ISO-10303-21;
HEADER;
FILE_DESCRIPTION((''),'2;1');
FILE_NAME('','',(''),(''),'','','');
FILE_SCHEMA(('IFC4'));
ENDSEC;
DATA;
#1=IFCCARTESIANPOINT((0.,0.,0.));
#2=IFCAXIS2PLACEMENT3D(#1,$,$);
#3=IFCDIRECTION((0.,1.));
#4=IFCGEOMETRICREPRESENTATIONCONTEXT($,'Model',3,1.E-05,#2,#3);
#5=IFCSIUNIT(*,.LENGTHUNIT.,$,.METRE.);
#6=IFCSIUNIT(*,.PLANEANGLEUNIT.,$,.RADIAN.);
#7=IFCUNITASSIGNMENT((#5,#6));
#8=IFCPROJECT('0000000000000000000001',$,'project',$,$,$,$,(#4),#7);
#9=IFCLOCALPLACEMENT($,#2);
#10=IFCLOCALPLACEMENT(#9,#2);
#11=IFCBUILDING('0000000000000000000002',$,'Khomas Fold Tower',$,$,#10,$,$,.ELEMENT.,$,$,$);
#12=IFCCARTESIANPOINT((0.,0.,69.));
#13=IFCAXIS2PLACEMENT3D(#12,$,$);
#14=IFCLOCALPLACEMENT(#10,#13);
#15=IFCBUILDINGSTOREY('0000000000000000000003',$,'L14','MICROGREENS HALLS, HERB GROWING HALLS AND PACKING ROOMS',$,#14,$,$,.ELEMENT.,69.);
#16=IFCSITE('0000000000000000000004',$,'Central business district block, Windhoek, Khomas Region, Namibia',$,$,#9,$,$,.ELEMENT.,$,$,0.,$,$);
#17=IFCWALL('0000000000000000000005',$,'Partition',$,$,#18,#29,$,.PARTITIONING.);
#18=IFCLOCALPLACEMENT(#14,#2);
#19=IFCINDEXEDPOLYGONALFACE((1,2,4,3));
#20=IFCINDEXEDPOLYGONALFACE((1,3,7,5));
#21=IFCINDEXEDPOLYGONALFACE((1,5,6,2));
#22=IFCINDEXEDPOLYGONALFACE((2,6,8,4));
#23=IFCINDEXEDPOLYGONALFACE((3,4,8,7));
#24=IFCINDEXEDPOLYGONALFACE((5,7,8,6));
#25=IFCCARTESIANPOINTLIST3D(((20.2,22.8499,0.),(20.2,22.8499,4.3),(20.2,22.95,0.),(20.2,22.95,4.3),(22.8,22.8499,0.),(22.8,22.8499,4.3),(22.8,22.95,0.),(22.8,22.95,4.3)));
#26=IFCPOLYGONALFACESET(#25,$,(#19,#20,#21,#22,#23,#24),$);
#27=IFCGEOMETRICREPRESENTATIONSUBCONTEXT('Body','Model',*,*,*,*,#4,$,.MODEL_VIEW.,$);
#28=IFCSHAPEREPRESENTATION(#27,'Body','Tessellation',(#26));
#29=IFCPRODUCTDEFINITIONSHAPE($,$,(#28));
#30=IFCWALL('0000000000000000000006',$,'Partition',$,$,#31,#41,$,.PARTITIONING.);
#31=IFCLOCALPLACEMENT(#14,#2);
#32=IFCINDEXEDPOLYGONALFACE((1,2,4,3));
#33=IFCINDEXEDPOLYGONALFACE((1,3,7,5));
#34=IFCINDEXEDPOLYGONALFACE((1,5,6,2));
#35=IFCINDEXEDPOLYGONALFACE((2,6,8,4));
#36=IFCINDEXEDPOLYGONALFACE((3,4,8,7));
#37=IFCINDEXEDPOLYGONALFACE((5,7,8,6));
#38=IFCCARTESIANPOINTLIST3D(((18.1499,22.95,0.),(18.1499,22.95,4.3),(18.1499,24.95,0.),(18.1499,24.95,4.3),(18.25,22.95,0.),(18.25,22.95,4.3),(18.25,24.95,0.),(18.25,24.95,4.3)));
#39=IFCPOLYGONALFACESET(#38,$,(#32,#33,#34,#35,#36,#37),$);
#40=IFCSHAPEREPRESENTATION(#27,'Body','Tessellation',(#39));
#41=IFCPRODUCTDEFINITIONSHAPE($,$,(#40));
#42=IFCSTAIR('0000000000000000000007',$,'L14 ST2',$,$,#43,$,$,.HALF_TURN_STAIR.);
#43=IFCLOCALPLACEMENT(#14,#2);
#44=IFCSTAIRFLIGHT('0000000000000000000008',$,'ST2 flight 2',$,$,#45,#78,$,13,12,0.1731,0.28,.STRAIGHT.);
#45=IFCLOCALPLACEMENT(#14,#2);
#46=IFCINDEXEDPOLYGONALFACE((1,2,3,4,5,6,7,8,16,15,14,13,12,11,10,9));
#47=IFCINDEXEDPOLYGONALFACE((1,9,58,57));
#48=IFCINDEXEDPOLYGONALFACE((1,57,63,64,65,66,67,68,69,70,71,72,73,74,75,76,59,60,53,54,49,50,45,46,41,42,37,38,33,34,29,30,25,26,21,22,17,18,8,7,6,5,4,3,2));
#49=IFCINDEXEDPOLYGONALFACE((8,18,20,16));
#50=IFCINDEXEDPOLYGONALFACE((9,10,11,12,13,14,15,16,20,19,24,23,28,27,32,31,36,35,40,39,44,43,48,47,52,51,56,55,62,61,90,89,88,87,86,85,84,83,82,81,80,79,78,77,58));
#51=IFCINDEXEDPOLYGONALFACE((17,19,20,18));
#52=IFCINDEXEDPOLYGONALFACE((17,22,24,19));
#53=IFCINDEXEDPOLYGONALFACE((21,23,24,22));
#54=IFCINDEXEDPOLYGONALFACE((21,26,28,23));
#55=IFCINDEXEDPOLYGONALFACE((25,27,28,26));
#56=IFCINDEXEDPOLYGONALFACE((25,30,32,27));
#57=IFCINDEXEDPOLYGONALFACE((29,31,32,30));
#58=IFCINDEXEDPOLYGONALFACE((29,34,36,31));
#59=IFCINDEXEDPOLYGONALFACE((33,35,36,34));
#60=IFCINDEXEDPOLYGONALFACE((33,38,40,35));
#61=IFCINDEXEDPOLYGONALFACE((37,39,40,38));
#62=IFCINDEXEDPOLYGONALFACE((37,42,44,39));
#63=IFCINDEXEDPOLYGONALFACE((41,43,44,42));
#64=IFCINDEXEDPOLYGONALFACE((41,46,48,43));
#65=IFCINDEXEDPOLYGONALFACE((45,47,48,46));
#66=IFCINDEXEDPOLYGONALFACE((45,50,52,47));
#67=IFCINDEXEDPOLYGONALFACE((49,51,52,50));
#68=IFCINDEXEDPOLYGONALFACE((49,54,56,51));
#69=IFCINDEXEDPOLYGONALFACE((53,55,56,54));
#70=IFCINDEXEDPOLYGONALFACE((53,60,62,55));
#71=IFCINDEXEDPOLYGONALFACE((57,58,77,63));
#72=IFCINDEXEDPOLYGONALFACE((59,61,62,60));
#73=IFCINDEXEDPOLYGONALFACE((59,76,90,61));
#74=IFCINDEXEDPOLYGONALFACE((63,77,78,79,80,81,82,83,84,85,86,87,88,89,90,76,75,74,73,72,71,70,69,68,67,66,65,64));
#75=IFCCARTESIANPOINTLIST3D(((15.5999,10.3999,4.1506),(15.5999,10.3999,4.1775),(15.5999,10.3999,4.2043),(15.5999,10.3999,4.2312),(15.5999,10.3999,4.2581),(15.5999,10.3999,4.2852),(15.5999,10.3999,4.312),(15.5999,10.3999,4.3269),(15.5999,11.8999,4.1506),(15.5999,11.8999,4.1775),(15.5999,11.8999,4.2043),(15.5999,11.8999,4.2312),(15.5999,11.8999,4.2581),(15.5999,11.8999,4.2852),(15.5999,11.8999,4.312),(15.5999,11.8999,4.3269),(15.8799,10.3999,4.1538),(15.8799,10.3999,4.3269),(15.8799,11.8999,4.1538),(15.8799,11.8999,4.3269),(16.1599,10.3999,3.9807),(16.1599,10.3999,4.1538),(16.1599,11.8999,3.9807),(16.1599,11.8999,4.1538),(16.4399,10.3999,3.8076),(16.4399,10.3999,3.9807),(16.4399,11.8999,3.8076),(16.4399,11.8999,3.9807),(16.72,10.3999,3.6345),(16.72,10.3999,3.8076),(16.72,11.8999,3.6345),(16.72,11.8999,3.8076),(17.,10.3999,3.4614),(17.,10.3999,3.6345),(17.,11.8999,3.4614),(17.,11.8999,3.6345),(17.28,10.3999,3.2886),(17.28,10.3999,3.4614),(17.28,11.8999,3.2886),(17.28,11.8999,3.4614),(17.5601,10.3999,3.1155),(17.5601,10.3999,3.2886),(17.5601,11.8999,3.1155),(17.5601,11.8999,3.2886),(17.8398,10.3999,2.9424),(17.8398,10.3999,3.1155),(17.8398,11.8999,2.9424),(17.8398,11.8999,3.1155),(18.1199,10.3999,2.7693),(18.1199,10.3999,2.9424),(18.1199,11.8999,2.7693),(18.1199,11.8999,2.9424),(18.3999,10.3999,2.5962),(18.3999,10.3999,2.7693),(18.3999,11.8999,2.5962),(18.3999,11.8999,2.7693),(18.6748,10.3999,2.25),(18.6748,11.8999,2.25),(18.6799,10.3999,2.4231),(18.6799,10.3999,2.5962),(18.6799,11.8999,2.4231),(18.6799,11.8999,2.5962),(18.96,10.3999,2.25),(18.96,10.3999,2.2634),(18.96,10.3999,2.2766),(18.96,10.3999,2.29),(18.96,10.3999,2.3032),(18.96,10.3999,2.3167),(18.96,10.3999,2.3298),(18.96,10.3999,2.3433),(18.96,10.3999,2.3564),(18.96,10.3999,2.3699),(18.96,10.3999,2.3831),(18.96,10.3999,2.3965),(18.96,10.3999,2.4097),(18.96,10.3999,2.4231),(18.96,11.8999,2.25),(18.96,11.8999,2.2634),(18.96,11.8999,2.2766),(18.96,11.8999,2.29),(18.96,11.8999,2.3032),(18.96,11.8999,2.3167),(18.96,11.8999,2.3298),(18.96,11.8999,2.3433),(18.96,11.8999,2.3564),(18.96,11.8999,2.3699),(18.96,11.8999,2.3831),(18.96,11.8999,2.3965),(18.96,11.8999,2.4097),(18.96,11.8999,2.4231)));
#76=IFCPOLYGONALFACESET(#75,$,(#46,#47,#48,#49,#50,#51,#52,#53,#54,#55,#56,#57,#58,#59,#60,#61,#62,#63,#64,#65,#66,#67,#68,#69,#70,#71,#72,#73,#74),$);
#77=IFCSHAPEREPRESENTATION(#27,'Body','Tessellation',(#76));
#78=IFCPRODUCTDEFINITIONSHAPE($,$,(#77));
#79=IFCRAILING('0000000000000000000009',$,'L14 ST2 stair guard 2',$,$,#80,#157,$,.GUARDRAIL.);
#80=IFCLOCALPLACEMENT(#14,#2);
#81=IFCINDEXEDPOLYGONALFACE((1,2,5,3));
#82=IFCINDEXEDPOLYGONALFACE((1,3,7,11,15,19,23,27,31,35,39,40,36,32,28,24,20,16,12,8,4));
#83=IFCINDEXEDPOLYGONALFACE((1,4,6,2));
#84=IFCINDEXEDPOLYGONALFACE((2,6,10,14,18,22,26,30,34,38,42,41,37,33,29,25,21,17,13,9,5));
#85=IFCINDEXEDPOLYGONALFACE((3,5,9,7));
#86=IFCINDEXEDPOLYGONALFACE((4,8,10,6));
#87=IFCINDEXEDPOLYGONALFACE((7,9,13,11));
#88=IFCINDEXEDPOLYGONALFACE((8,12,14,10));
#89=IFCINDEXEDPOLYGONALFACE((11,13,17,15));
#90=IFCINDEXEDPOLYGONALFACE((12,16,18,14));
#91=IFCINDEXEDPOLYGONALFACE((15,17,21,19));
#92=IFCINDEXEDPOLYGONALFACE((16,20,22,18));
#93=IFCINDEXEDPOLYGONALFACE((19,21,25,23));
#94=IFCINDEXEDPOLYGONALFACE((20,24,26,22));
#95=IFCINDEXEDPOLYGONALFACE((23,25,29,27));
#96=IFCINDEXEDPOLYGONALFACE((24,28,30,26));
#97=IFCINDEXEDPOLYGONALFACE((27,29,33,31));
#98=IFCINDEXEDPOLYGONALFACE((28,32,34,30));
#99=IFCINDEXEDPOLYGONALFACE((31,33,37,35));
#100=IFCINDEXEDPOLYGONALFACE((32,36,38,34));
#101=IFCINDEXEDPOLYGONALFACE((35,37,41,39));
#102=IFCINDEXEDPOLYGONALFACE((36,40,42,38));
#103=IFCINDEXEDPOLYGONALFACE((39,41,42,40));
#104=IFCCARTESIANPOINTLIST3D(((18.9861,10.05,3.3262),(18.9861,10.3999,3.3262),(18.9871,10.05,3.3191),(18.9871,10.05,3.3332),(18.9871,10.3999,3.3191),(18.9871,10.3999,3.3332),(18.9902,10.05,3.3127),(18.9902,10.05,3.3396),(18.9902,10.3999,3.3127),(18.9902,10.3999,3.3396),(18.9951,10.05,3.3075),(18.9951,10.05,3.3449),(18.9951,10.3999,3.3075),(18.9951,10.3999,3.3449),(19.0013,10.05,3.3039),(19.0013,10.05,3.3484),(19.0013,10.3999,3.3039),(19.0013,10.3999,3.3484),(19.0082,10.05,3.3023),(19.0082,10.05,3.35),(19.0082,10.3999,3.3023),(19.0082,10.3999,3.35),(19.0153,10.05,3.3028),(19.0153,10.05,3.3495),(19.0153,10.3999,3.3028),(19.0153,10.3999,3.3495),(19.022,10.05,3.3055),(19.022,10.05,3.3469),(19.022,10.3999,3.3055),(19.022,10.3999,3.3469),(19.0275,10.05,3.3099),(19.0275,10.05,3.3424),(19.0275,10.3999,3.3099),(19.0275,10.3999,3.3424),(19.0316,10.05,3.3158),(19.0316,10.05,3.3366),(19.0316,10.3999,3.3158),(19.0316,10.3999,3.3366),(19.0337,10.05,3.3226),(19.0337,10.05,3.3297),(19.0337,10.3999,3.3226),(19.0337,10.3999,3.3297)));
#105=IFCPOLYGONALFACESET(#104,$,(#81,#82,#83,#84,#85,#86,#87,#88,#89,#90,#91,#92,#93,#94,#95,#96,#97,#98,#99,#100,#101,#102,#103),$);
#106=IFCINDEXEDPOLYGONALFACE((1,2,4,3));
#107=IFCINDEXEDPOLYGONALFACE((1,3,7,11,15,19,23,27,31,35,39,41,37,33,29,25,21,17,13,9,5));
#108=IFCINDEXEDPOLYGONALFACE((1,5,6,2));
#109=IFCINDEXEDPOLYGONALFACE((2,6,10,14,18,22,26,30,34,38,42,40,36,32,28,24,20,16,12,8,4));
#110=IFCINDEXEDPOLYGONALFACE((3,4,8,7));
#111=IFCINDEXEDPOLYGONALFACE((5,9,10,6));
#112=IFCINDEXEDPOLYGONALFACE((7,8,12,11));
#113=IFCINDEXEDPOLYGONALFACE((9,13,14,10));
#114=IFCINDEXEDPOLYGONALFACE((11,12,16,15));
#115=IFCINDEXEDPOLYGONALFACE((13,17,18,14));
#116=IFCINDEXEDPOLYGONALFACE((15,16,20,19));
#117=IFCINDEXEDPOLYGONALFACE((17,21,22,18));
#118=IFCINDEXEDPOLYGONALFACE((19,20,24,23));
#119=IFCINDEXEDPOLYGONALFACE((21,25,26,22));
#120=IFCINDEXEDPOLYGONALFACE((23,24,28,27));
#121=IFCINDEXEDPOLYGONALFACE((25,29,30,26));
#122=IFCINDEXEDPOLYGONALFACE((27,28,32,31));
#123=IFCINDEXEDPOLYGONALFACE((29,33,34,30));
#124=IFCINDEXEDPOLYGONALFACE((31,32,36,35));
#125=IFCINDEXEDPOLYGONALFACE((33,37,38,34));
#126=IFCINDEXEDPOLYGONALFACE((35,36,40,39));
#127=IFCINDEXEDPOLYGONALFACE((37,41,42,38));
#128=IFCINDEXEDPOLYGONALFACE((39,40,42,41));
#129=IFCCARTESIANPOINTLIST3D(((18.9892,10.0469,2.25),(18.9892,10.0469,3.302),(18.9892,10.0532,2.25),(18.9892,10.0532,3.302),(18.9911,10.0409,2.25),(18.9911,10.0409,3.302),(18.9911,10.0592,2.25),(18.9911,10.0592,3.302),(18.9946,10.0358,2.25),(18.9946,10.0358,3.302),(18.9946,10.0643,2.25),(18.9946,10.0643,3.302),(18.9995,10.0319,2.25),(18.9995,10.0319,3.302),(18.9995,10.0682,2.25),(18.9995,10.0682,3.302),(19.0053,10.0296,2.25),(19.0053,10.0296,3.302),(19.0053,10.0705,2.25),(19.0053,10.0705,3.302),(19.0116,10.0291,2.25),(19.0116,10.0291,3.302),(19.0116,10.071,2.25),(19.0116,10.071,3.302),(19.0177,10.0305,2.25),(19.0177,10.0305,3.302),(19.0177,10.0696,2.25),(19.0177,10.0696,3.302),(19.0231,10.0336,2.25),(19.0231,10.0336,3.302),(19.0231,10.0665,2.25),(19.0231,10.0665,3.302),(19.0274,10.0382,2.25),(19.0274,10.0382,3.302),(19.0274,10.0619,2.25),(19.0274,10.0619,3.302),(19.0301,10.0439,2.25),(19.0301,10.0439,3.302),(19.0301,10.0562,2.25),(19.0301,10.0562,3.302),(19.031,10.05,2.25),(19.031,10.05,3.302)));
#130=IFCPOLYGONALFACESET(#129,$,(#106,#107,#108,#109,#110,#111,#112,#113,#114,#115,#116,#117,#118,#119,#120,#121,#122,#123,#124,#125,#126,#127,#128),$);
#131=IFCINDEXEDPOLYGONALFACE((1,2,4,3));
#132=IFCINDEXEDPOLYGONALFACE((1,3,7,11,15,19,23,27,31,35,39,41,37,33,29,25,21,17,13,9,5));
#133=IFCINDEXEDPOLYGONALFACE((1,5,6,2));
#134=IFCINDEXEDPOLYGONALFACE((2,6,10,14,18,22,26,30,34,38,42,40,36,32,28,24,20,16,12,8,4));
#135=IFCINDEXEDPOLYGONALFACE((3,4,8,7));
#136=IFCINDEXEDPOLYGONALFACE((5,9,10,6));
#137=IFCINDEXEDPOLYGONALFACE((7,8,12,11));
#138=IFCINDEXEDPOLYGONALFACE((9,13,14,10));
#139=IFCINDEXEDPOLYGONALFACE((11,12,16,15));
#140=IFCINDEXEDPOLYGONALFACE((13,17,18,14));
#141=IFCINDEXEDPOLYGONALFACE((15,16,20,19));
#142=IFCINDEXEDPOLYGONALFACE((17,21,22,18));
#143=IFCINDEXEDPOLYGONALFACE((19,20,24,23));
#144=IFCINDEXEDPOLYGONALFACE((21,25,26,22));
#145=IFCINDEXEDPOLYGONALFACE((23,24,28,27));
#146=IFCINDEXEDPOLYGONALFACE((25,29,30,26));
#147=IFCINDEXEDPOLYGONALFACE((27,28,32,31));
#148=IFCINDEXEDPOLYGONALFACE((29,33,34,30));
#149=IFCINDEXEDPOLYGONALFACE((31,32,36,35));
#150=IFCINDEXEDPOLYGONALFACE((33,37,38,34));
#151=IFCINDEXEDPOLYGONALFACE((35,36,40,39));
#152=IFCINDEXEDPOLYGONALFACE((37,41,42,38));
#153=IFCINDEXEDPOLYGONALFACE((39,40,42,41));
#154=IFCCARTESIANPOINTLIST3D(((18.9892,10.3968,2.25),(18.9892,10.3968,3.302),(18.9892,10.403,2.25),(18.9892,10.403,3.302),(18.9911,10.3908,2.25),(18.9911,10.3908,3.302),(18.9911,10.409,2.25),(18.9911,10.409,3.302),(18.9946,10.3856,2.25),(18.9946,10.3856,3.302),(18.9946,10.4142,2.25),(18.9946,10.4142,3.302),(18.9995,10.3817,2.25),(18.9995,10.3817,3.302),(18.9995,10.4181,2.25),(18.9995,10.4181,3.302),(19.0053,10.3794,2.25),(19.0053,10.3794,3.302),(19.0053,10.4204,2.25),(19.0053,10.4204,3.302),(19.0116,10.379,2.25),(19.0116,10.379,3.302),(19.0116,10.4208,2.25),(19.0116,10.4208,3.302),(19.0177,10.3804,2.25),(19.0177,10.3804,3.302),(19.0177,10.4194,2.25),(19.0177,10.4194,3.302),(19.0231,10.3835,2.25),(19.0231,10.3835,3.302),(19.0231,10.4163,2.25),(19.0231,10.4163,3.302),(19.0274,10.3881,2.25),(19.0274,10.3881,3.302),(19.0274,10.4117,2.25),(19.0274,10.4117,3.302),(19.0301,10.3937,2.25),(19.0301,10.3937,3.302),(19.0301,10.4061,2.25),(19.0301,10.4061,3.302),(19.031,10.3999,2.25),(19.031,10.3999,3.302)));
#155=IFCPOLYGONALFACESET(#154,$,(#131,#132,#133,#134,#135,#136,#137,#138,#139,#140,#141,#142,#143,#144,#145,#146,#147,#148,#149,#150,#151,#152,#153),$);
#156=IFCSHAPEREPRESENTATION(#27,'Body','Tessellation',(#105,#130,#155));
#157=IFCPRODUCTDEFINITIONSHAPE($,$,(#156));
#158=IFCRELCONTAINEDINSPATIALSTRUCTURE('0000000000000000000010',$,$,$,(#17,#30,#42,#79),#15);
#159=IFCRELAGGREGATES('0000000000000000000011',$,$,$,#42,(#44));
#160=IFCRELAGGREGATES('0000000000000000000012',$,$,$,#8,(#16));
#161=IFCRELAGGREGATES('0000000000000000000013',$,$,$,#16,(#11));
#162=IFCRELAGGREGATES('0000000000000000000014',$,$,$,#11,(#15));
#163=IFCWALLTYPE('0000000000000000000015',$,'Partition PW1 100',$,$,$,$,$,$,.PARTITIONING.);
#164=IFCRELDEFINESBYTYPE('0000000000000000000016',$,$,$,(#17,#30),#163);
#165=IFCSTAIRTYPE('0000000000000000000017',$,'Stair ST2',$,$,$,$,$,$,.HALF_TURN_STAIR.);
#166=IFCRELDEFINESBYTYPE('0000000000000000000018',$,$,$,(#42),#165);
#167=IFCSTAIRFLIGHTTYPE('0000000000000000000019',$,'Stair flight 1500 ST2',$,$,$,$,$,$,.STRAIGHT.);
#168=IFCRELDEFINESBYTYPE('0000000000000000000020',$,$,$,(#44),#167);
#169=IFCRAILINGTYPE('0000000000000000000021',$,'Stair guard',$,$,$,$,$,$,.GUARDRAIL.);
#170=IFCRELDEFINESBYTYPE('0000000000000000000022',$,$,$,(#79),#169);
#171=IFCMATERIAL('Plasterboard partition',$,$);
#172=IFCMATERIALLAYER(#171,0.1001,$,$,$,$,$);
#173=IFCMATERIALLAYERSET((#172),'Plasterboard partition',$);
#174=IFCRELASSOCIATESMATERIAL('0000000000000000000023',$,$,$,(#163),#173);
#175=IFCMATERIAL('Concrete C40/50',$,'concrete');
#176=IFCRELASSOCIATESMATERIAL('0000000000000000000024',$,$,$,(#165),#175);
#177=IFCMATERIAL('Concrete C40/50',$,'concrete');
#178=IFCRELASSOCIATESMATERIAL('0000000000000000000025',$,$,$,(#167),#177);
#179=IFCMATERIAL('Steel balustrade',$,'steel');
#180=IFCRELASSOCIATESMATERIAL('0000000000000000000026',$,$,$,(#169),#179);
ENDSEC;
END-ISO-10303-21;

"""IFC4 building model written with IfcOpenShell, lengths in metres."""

from ifc_helpers import new_model, si_unit, direction, frame, frame_2d, origin, origin_2d, place, context, subcontext, project, spatial, polyline, rectangle, circle, outline, extrude, source, transform, mapped, material, layer, layer_set, type_object, element, aggregate, save


model = new_model("IFC4")

# Units and contexts
model_context = context("Model", 3, precision=1e-05, world=origin(), true_north=direction((0.0, 1.0)))
body_context = subcontext(model_context, "Body", "Model", "MODEL_VIEW")
ifc_project = project(units=[si_unit("LENGTHUNIT", "METRE"), si_unit("PLANEANGLEUNIT", "RADIAN")], contexts=[model_context])

# Site, building, storey
site_placement = place(None, origin())
site = spatial("IfcSite", under=ifc_project, at=site_placement, Name="Central business district block, Windhoek, Khomas Region, Namibia", CompositionType="ELEMENT", RefElevation=0.0)
building_placement = place(site_placement, origin())
building = spatial("IfcBuilding", under=site, at=building_placement, Name="Khomas Fold Tower", CompositionType="ELEMENT")
storey_placement = place(building_placement, frame((0.0, 0.0, 69.0)))
storey = spatial("IfcBuildingStorey", under=building, at=storey_placement, Name="L14", Description="MICROGREENS HALLS, HERB GROWING HALLS AND PACKING ROOMS", CompositionType="ELEMENT", Elevation=69.0)

# Walls
ifc_material_1 = material(Name="Plasterboard partition")
ifc_layer_1 = layer(ifc_material_1, 0.1001)
ifc_layer_set_1 = layer_set([ifc_layer_1], Name="Plasterboard partition")
wall_type_1 = type_object("IfcWallType", Name="Partition PW1 100", PredefinedType="PARTITIONING", material=ifc_layer_set_1)
shared_shape_1 = source(origin(), body_context, "Body", "SweptSolid", [
    extrude(rectangle(XDim=2.6001, YDim=0.1001, at=frame_2d((1.3, 0.0))), origin(), (0.0, 0.0, 1.0), 4.3),
])
wall_1_placement = place(storey_placement, frame((20.2, 22.8999, 0.0), z_axis=(0.0, 0.0, 1.0), x_axis=(1.0, 0.0, 0.0)))
element("IfcWall", 1, at=wall_1_placement, inside=storey, type_object=wall_type_1, Name="Partition", PredefinedType="PARTITIONING", context=body_context, shape_type="MappedRepresentation", body=[
    mapped(shared_shape_1, transform((0.0, 0.0, 0.0))),
])
shared_shape_2 = source(origin(), body_context, "Body", "SweptSolid", [
    extrude(rectangle(XDim=2.0, YDim=0.1001, at=frame_2d((1.0, 0.0))), origin(), (0.0, 0.0, 1.0), 4.3),
])
wall_2_placement = place(storey_placement, frame((18.2, 22.95, 0.0), z_axis=(0.0, 0.0, 1.0), x_axis=(0.0, 1.0, 0.0)))
element("IfcWall", 2, at=wall_2_placement, inside=storey, type_object=wall_type_1, Name="Partition", PredefinedType="PARTITIONING", context=body_context, shape_type="MappedRepresentation", body=[
    mapped(shared_shape_2, transform((0.0, 0.0, 0.0))),
])

# Stair, stair flight
ifc_material_2 = material(Name="Concrete C40/50", Category="concrete")
stair_type = type_object("IfcStairType", Name="Stair ST2", PredefinedType="HALF_TURN_STAIR", material=ifc_material_2)
stair_placement = place(storey_placement, origin())
stair = element("IfcStair", 3, at=stair_placement, inside=storey, type_object=stair_type, Name="L14 ST2", PredefinedType="HALF_TURN_STAIR")
ifc_material_3 = material(Name="Concrete C40/50", Category="concrete")
stair_flight_type = type_object("IfcStairFlightType", Name="Stair flight 1500 ST2", PredefinedType="STRAIGHT", material=ifc_material_3)
shared_shape_3 = source(origin(), body_context, "Body", "SweptSolid", [
    extrude(outline(polyline([(0.0, 0.0), (0.0, 0.0134), (0.0, 0.0266), (0.0, 0.04), (0.0, 0.0532), (0.0, 0.0667), (0.0, 0.0798), (0.0, 0.0933), (0.0, 0.1064), (0.0, 0.1199), (0.0, 0.1331), (0.0, 0.1465), (0.0, 0.1597), (0.0, 0.1731), (0.28, 0.1731), (0.28, 0.3462), (0.5601, 0.3462), (0.5601, 0.5193), (0.8401, 0.5193), (0.8401, 0.6924), (1.1201, 0.6924), (1.1201, 0.8655), (1.3999, 0.8655), (1.3999, 1.0386), (1.6799, 1.0386), (1.6799, 1.2114), (1.96, 1.2114), (1.96, 1.3845), (2.24, 1.3845), (2.24, 1.5576), (2.52, 1.5576), (2.52, 1.7307), (2.8, 1.7307), (2.8, 1.9038), (3.0801, 1.9038), (3.0801, 2.0769), (3.3601, 2.0769), (3.3601, 2.25), (3.3601, 2.2231), (3.3601, 2.1963), (3.3601, 2.1694), (3.3601, 2.1426), (3.3601, 2.1157), (3.3601, 2.0889), (3.3601, 2.062), (3.3601, 2.0352), (3.3601, 2.0081), (3.3601, 1.9812), (3.3601, 1.9543), (3.3601, 1.9275), (3.3601, 1.9006), (0.2852, 0.0), (0.0, 0.0)])), frame((0.0, 0.75, 0.0), z_axis=(0.0, -1.0, 0.0), x_axis=(1.0, 0.0, 0.0)), (0.0, 0.0, 1.0), 1.5),
])
stair_flight_placement = place(storey_placement, frame((18.96, 11.1499, 2.25), z_axis=(0.0, 0.0, 1.0), x_axis=(-1.0, 0.0, 0.0)))
stair_flight = element("IfcStairFlight", 4, at=stair_flight_placement, type_object=stair_flight_type, Name="ST2 flight 2", NumberOfRisers=13, NumberOfTreads=12, PredefinedType="STRAIGHT", RiserHeight=0.1731, TreadLength=0.28, context=body_context, shape_type="MappedRepresentation", body=[
    mapped(shared_shape_3, transform((0.0, 0.0, 0.0))),
])
aggregate(stair, [stair_flight])

# Railing
ifc_material_4 = material(Name="Steel balustrade", Category="steel")
railing_type_1 = type_object("IfcRailingType", Name="Stair guard", PredefinedType="GUARDRAIL", material=ifc_material_4)
shared_shape_4 = source(origin(), body_context, "Body", "SweptSolid", [
    extrude(circle(Radius=0.0239, at=origin_2d()), frame((0.0, 0.0, 1.0762), z_axis=(0.0, 1.0, 0.0), x_axis=(-1.0, 0.0, 0.0)), (0.0, 0.0, 1.0), 0.3499),
    extrude(circle(Radius=0.021, at=origin_2d()), origin(), (0.0, 0.0, 1.0), 1.052),
    extrude(circle(Radius=0.021, at=origin_2d()), frame((0.0, 0.3499, 0.0)), (0.0, 0.0, 1.0), 1.052),
])
railing_1_placement = place(storey_placement, frame((19.01, 10.05, 2.25)))
element("IfcRailing", 5, at=railing_1_placement, inside=storey, type_object=railing_type_1, Name="L14 ST2 stair guard 2", PredefinedType="GUARDRAIL", context=body_context, shape_type="MappedRepresentation", body=[
    mapped(shared_shape_4, transform((0.0, 0.0, 0.0))),
])

save(model, "model.ifc")
